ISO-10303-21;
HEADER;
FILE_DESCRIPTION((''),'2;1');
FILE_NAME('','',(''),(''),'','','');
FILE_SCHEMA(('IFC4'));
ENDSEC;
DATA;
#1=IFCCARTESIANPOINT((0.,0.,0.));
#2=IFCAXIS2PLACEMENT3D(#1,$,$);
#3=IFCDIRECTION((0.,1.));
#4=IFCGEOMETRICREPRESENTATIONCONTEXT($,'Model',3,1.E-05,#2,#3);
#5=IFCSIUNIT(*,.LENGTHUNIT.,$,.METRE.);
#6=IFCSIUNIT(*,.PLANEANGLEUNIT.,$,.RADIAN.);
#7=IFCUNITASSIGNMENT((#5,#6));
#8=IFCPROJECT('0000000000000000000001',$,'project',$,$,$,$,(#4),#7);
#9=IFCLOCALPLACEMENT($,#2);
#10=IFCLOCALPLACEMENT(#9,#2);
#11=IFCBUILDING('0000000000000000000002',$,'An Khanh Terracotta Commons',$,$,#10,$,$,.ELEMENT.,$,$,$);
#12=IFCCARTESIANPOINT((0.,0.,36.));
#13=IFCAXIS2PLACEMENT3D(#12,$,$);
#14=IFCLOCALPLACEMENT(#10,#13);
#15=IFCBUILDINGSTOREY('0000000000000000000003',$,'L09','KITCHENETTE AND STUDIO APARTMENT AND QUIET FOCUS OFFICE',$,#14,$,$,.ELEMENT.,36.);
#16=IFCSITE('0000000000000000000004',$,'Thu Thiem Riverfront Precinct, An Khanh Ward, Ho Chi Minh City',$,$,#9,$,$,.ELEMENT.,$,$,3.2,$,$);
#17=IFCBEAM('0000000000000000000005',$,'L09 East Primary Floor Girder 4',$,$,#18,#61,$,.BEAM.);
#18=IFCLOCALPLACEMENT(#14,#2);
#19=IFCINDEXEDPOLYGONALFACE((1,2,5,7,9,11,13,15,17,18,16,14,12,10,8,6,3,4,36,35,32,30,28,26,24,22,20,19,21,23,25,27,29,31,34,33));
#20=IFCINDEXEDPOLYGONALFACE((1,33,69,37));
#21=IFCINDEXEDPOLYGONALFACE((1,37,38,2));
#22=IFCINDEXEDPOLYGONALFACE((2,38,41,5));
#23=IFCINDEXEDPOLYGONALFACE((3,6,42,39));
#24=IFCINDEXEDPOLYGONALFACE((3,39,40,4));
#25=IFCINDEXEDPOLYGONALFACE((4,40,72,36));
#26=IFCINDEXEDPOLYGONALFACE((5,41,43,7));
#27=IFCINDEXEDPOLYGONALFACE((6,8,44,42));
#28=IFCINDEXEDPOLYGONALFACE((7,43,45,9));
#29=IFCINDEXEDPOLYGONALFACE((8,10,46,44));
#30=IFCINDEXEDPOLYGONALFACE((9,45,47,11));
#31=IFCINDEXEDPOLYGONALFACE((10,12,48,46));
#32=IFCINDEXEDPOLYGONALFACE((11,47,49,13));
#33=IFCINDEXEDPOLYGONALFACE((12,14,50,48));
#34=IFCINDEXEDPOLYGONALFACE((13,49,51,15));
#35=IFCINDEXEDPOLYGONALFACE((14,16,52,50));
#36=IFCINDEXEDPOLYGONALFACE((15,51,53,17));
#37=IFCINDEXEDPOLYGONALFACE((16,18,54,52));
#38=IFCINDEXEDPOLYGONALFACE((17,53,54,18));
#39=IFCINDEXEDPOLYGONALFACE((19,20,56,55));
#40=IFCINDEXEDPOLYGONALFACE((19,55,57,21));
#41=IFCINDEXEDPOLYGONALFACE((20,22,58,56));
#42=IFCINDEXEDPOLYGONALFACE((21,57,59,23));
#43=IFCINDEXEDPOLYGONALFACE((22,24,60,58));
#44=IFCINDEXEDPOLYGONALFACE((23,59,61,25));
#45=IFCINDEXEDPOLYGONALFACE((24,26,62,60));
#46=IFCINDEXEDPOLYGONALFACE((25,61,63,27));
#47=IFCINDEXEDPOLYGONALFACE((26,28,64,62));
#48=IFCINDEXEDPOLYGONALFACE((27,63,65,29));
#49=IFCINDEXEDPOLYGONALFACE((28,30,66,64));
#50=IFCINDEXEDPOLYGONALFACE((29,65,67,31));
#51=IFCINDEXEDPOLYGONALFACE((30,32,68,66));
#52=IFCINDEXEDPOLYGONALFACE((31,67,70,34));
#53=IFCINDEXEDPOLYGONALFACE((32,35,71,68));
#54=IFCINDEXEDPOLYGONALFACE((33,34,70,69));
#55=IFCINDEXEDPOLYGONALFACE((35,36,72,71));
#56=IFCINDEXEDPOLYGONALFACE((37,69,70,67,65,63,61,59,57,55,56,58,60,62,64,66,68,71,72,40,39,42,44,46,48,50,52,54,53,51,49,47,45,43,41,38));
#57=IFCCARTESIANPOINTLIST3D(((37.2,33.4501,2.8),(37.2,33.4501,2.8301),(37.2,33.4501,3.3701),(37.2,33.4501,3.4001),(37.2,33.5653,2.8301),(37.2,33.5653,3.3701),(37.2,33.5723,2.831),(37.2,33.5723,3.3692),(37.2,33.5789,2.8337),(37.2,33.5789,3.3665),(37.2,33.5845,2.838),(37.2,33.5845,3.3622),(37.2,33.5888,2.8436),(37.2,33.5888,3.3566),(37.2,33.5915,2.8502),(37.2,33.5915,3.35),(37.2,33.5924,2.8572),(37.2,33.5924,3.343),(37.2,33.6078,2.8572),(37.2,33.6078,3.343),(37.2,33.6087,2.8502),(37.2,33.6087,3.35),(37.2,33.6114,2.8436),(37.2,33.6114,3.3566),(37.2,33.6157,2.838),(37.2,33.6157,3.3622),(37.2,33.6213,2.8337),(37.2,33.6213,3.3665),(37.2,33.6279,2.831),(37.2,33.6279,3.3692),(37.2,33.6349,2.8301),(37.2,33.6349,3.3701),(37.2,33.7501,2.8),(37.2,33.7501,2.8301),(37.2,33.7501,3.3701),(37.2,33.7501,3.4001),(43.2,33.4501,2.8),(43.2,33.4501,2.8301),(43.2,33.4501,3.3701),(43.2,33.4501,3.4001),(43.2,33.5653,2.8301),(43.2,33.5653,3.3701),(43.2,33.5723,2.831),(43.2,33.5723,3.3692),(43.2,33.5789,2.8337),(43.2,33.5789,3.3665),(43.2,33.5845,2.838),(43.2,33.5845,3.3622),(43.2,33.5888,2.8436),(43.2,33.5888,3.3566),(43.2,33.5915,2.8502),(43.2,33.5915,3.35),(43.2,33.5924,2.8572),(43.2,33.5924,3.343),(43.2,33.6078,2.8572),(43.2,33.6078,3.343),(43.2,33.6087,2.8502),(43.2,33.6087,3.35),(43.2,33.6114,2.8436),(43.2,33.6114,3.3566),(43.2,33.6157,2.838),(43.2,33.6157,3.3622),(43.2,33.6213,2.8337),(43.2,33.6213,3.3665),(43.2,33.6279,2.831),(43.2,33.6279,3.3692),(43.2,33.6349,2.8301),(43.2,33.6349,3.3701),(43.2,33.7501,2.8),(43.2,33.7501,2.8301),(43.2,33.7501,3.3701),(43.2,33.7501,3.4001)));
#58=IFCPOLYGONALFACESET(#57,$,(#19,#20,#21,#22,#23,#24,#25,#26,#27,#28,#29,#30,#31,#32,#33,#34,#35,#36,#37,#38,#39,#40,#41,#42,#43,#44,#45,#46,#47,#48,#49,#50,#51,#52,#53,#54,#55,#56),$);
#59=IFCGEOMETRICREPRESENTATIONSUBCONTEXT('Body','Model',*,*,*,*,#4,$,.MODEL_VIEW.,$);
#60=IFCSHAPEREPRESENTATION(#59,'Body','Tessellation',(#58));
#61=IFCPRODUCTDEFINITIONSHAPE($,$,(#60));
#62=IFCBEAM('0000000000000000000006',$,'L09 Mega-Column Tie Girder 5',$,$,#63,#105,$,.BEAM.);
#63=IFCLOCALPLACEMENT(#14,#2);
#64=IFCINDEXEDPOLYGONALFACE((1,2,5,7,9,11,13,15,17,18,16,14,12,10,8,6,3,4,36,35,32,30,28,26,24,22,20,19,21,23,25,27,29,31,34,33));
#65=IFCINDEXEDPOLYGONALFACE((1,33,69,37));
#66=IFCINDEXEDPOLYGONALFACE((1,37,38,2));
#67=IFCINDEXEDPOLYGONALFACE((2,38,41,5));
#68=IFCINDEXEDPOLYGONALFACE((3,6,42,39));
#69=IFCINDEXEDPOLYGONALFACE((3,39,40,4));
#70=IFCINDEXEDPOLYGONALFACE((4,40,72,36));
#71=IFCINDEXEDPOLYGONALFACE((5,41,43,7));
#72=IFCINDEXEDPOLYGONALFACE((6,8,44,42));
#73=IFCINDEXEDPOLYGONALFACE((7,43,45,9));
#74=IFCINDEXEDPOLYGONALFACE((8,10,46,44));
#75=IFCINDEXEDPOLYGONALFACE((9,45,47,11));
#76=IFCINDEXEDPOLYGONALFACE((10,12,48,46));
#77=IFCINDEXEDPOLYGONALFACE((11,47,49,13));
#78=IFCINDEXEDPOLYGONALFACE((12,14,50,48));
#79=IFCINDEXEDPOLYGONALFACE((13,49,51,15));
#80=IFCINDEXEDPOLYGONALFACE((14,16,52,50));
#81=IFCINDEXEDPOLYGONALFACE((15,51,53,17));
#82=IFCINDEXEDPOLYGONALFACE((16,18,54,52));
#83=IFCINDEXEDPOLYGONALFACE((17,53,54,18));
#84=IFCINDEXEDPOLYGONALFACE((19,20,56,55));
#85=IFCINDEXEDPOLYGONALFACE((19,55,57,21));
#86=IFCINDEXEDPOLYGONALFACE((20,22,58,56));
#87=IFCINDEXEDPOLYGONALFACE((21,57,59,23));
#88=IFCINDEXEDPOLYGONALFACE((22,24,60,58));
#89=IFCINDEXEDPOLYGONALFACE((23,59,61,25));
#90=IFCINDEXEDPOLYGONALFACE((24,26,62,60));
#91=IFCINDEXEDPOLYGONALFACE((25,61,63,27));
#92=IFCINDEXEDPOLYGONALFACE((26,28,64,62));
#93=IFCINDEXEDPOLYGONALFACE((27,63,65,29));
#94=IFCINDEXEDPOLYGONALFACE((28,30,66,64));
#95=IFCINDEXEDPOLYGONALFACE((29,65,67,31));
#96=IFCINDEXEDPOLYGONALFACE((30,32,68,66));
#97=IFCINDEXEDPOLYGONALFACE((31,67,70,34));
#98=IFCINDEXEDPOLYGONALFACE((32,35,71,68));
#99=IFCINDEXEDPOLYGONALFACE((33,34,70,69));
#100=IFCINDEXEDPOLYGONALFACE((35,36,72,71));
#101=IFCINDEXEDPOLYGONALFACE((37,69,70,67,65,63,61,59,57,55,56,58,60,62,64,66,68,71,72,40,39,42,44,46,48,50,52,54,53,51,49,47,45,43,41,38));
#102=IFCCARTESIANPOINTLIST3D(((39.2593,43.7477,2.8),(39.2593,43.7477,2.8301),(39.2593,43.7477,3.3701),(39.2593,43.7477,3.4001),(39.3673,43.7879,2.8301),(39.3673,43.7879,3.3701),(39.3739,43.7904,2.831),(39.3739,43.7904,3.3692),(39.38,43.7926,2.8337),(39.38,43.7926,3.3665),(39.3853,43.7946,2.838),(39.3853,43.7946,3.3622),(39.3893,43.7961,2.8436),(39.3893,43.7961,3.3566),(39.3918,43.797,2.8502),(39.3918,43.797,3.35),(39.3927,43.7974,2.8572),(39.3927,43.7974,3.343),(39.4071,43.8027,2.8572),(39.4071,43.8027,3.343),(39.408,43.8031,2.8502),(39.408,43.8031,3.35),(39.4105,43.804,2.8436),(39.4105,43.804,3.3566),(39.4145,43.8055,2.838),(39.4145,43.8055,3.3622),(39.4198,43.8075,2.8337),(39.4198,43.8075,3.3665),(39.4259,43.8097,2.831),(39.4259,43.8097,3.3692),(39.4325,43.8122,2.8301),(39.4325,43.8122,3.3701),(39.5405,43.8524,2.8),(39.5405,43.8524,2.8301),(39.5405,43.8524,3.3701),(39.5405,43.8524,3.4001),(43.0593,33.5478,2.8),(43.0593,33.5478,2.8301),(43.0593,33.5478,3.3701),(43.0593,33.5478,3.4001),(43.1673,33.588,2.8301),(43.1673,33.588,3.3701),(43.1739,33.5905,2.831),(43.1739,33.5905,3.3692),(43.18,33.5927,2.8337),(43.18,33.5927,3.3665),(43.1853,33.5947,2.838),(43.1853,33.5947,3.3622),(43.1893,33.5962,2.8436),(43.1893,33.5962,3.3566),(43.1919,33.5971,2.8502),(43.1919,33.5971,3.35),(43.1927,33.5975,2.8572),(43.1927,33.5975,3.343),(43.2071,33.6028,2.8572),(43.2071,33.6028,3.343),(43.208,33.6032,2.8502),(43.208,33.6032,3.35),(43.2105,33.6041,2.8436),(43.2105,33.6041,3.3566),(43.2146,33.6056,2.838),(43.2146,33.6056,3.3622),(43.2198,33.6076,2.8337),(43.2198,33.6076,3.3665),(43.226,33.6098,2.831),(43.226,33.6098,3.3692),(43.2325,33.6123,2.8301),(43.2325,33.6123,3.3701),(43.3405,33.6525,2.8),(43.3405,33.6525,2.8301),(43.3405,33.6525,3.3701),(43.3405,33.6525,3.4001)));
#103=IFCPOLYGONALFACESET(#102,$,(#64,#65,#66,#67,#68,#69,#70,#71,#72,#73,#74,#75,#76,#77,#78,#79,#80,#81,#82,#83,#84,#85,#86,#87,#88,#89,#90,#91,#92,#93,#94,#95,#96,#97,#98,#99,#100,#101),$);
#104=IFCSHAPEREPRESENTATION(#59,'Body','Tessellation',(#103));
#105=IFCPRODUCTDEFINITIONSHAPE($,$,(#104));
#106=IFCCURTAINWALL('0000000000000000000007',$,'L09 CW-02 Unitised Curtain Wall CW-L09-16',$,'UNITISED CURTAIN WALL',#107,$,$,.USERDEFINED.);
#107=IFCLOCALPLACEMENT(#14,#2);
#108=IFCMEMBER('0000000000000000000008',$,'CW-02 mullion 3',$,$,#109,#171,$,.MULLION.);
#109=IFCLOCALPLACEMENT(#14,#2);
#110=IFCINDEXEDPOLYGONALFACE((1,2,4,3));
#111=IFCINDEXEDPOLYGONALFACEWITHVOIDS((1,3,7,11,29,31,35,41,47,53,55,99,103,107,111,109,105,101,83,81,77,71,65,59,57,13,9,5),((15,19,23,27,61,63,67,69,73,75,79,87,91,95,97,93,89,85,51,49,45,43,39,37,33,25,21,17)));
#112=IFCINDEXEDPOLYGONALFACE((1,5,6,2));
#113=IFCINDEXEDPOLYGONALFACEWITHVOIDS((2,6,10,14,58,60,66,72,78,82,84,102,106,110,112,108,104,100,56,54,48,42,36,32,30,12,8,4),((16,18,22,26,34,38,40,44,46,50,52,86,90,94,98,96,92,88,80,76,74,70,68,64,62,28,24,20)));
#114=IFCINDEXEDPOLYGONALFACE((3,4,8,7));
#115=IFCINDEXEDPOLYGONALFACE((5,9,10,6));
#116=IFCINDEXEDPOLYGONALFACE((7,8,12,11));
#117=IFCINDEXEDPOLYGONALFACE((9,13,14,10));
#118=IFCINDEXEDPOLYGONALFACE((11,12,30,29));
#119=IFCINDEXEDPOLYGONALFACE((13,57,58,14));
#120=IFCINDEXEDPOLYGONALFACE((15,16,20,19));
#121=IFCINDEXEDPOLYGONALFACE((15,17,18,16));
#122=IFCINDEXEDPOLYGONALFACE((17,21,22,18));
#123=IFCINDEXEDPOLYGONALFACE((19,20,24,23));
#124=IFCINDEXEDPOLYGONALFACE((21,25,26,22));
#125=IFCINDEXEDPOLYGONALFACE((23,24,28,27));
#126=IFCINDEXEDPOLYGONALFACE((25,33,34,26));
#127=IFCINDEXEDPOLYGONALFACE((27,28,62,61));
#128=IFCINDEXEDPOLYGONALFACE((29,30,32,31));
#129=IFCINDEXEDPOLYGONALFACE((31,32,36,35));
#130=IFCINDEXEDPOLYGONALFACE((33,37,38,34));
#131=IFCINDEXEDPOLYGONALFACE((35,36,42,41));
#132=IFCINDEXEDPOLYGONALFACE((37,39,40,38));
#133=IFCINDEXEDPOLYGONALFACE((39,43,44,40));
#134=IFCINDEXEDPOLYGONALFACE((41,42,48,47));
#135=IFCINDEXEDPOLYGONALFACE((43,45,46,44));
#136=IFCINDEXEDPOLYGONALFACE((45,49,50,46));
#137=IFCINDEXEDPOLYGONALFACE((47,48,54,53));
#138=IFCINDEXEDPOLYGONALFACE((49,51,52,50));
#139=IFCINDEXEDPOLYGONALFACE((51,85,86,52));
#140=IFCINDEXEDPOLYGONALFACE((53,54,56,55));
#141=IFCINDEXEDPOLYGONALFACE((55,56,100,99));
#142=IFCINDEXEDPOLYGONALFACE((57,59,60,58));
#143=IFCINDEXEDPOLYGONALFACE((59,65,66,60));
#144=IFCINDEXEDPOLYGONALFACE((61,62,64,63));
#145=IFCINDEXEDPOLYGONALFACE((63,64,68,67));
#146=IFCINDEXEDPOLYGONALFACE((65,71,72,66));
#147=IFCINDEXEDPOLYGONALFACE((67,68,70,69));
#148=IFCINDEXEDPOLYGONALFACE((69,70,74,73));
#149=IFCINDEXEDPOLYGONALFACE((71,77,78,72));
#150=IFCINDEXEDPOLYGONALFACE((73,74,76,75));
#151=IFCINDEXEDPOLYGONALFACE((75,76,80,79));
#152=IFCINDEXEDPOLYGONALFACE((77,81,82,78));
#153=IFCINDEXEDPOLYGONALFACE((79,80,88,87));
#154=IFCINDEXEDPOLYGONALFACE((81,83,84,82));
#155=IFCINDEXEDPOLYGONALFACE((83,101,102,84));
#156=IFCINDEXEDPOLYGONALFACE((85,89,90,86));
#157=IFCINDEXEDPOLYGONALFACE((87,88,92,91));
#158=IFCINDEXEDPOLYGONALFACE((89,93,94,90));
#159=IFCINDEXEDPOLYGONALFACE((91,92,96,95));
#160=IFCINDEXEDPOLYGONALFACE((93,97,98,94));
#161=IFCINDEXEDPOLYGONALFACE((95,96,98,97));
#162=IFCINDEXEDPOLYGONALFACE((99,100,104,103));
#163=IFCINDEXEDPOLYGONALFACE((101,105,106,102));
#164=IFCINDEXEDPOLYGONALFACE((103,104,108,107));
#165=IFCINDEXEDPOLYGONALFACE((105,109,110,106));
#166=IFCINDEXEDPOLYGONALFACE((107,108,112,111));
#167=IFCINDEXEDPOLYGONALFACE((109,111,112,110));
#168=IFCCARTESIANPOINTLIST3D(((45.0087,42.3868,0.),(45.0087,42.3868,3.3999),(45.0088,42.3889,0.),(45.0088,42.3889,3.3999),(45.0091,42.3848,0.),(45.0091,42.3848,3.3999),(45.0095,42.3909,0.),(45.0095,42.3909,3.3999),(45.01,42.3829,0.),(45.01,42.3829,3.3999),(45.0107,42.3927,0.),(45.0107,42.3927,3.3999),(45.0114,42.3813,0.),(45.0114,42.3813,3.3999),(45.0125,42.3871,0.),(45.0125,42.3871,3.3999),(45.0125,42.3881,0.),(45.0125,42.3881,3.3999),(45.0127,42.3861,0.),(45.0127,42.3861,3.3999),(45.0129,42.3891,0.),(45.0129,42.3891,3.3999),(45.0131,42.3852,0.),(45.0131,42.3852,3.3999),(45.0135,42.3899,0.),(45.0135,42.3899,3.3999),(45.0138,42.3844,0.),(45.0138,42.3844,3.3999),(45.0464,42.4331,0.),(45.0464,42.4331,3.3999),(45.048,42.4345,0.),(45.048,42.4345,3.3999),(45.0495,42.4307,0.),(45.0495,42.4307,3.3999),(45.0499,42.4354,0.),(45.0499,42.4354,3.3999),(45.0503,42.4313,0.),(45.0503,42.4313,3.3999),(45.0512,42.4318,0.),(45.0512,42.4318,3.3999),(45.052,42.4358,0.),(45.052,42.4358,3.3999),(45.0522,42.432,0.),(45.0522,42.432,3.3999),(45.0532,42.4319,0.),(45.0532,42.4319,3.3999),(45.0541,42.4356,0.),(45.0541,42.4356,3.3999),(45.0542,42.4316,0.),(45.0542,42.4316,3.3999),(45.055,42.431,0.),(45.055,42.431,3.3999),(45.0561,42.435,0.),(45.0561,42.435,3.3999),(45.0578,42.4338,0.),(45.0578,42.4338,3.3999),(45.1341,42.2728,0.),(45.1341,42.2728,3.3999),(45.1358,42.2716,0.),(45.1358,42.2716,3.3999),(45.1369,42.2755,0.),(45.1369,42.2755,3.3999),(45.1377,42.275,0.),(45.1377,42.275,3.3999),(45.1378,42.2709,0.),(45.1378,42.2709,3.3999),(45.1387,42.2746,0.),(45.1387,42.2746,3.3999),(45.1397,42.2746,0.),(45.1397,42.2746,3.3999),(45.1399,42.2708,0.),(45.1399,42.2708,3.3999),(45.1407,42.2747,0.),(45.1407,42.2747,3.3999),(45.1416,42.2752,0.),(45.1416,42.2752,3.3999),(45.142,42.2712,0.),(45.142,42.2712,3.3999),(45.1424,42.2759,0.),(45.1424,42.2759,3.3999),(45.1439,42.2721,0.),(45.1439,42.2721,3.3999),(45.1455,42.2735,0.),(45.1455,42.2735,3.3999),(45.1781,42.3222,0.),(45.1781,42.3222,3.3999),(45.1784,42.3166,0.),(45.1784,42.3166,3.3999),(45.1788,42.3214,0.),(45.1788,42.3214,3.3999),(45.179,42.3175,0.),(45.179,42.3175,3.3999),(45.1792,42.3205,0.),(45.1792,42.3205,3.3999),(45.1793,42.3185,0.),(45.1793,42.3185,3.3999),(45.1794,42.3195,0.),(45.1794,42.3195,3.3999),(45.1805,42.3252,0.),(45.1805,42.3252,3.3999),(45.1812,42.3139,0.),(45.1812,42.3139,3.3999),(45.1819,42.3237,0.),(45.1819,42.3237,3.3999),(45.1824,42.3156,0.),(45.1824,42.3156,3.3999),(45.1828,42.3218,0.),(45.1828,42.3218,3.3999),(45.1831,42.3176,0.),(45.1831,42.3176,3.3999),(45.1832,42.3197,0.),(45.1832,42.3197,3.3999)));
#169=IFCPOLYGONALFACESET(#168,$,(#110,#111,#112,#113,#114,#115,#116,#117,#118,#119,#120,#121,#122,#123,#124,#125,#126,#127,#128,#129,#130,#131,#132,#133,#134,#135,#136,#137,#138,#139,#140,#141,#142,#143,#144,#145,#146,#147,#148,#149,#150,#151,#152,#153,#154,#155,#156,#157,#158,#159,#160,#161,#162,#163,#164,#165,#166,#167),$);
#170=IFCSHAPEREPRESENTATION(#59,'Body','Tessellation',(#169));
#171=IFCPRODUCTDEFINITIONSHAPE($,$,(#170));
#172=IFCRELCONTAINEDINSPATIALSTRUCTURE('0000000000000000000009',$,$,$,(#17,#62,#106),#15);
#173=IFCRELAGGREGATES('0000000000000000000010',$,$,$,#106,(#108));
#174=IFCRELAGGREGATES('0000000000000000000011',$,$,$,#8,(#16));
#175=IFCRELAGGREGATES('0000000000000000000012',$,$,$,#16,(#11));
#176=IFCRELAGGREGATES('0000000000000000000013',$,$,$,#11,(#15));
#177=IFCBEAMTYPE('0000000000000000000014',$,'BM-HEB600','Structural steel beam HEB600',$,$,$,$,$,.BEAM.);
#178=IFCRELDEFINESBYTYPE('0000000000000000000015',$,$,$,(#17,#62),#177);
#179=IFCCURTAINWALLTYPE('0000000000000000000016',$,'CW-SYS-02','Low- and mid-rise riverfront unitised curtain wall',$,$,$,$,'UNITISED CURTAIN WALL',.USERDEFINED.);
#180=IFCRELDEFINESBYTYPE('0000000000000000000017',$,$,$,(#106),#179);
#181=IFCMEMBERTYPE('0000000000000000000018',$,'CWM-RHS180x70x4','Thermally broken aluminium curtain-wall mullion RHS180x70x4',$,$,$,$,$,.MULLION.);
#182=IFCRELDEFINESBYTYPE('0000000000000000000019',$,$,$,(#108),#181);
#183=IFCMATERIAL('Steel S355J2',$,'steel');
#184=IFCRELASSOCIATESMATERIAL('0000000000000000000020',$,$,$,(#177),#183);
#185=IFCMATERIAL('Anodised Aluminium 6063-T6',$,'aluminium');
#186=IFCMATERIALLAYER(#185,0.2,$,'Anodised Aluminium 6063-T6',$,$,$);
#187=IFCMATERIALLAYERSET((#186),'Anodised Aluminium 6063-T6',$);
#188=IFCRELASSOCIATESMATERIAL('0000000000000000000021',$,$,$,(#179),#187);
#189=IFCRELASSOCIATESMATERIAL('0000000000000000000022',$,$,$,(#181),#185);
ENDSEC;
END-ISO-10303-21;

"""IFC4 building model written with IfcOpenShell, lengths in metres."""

from ifc_helpers import new_model, si_unit, direction, frame, origin, origin_2d, place, context, subcontext, project, spatial, hollow_rectangle, i_section, extrude, material, layer, layer_set, material_profile, profile_set, type_object, element, aggregate, save


model = new_model("IFC4")

# Units and contexts
model_context = context("Model", 3, precision=1e-05, world=origin(), true_north=direction((0.0, 1.0)))
body_context = subcontext(model_context, "Body", "Model", "MODEL_VIEW")
ifc_project = project(units=[si_unit("LENGTHUNIT", "METRE"), si_unit("PLANEANGLEUNIT", "RADIAN")], contexts=[model_context])

# Site, building, storey
site_placement = place(None, origin())
site = spatial("IfcSite", under=ifc_project, at=site_placement, Name="Thu Thiem Riverfront Precinct, An Khanh Ward, Ho Chi Minh City", CompositionType="ELEMENT", RefElevation=3.2)
building_placement = place(site_placement, origin())
building = spatial("IfcBuilding", under=site, at=building_placement, Name="An Khanh Terracotta Commons", CompositionType="ELEMENT")
storey_placement = place(building_placement, frame((0.0, 0.0, 36.0)))
storey = spatial("IfcBuildingStorey", under=building, at=storey_placement, Name="L09", Description="KITCHENETTE AND STUDIO APARTMENT AND QUIET FOCUS OFFICE", CompositionType="ELEMENT", Elevation=36.0)

# Beams
ifc_material_1 = material(Name="Steel S355J2", Category="steel")
ifc_material_profile_1 = material_profile(ifc_material_1, i_section(OverallWidth=0.3, OverallDepth=0.6001, WebThickness=0.0154, FlangeThickness=0.03, FilletRadius=0.0271, at=origin_2d()), Name="HEB600")
ifc_profile_set_1 = profile_set([ifc_material_profile_1], Name="Steel S355J2")
beam_type_1 = type_object("IfcBeamType", Name="BM-HEB600", Description="Structural steel beam HEB600", PredefinedType="BEAM", material=ifc_profile_set_1)
beam_1_placement = place(storey_placement, frame((37.2, 33.6001, 3.1001), z_axis=(1.0, 0.0, 0.0), x_axis=(0.0, 1.0, 0.0)))
element("IfcBeam", 1, at=beam_1_placement, inside=storey, type_object=beam_type_1, Name="L09 East Primary Floor Girder 4", PredefinedType="BEAM", context=body_context, shape_type="SweptSolid", body=[
    extrude(i_section(OverallWidth=0.3, OverallDepth=0.6001, WebThickness=0.0154, FlangeThickness=0.03, FilletRadius=0.0271, at=origin_2d()), origin(), (0.0, 0.0, 1.0), 6.0),
])
beam_2_placement = place(storey_placement, frame((39.3999, 43.8, 3.1001), z_axis=(0.349114, -0.93708, 0.0), x_axis=(0.93708, 0.349114, 0.0)))
element("IfcBeam", 2, at=beam_2_placement, inside=storey, type_object=beam_type_1, Name="L09 Mega-Column Tie Girder 5", PredefinedType="BEAM", context=body_context, shape_type="SweptSolid", body=[
    extrude(i_section(OverallWidth=0.3, OverallDepth=0.6001, WebThickness=0.0154, FlangeThickness=0.03, FilletRadius=0.0271, at=origin_2d()), origin(), (0.0, 0.0, 1.0), 10.8848),
])

# Curtain wall, member
ifc_material_2 = material(Name="Anodised Aluminium 6063-T6", Category="aluminium")
ifc_layer_1 = layer(ifc_material_2, 0.2, Name="Anodised Aluminium 6063-T6")
ifc_layer_set_1 = layer_set([ifc_layer_1], Name="Anodised Aluminium 6063-T6")
curtain_wall_type = type_object("IfcCurtainWallType", Name="CW-SYS-02", Description="Low- and mid-rise riverfront unitised curtain wall", ElementType="UNITISED CURTAIN WALL", PredefinedType="USERDEFINED", material=ifc_layer_set_1)
curtain_wall_placement = place(storey_placement, origin())
curtain_wall = element("IfcCurtainWall", 3, at=curtain_wall_placement, inside=storey, type_object=curtain_wall_type, Name="L09 CW-02 Unitised Curtain Wall CW-L09-16", ObjectType="UNITISED CURTAIN WALL", PredefinedType="USERDEFINED")
ifc_material_profile_2 = material_profile(ifc_material_2, hollow_rectangle(XDim=0.0701, YDim=0.1799, WallThickness=0.0039, InnerFilletRadius=0.0039, OuterFilletRadius=0.0081, at=origin_2d()), Name="RHS180x70x4")
ifc_profile_set_2 = profile_set([ifc_material_profile_2], Name="Anodised Aluminium 6063-T6")
member_type_1 = type_object("IfcMemberType", Name="CWM-RHS180x70x4", Description="Thermally broken aluminium curtain-wall mullion RHS180x70x4", PredefinedType="MULLION", material=ifc_profile_set_2)
member_1_placement = place(storey_placement, frame((45.0959, 42.3533, 0.0), z_axis=(0.0, 0.0, 1.0), x_axis=(-0.662548, -0.749019, 0.0)))
member_1 = element("IfcMember", 4, at=member_1_placement, type_object=member_type_1, Name="CW-02 mullion 3", PredefinedType="MULLION", context=body_context, shape_type="SweptSolid", body=[
    extrude(hollow_rectangle(XDim=0.0701, YDim=0.1799, WallThickness=0.0039, InnerFilletRadius=0.0039, OuterFilletRadius=0.0081, at=origin_2d()), origin(), (0.0, 0.0, 1.0), 3.3999),
])
aggregate(curtain_wall, [member_1])

save(model, "model.ifc")
